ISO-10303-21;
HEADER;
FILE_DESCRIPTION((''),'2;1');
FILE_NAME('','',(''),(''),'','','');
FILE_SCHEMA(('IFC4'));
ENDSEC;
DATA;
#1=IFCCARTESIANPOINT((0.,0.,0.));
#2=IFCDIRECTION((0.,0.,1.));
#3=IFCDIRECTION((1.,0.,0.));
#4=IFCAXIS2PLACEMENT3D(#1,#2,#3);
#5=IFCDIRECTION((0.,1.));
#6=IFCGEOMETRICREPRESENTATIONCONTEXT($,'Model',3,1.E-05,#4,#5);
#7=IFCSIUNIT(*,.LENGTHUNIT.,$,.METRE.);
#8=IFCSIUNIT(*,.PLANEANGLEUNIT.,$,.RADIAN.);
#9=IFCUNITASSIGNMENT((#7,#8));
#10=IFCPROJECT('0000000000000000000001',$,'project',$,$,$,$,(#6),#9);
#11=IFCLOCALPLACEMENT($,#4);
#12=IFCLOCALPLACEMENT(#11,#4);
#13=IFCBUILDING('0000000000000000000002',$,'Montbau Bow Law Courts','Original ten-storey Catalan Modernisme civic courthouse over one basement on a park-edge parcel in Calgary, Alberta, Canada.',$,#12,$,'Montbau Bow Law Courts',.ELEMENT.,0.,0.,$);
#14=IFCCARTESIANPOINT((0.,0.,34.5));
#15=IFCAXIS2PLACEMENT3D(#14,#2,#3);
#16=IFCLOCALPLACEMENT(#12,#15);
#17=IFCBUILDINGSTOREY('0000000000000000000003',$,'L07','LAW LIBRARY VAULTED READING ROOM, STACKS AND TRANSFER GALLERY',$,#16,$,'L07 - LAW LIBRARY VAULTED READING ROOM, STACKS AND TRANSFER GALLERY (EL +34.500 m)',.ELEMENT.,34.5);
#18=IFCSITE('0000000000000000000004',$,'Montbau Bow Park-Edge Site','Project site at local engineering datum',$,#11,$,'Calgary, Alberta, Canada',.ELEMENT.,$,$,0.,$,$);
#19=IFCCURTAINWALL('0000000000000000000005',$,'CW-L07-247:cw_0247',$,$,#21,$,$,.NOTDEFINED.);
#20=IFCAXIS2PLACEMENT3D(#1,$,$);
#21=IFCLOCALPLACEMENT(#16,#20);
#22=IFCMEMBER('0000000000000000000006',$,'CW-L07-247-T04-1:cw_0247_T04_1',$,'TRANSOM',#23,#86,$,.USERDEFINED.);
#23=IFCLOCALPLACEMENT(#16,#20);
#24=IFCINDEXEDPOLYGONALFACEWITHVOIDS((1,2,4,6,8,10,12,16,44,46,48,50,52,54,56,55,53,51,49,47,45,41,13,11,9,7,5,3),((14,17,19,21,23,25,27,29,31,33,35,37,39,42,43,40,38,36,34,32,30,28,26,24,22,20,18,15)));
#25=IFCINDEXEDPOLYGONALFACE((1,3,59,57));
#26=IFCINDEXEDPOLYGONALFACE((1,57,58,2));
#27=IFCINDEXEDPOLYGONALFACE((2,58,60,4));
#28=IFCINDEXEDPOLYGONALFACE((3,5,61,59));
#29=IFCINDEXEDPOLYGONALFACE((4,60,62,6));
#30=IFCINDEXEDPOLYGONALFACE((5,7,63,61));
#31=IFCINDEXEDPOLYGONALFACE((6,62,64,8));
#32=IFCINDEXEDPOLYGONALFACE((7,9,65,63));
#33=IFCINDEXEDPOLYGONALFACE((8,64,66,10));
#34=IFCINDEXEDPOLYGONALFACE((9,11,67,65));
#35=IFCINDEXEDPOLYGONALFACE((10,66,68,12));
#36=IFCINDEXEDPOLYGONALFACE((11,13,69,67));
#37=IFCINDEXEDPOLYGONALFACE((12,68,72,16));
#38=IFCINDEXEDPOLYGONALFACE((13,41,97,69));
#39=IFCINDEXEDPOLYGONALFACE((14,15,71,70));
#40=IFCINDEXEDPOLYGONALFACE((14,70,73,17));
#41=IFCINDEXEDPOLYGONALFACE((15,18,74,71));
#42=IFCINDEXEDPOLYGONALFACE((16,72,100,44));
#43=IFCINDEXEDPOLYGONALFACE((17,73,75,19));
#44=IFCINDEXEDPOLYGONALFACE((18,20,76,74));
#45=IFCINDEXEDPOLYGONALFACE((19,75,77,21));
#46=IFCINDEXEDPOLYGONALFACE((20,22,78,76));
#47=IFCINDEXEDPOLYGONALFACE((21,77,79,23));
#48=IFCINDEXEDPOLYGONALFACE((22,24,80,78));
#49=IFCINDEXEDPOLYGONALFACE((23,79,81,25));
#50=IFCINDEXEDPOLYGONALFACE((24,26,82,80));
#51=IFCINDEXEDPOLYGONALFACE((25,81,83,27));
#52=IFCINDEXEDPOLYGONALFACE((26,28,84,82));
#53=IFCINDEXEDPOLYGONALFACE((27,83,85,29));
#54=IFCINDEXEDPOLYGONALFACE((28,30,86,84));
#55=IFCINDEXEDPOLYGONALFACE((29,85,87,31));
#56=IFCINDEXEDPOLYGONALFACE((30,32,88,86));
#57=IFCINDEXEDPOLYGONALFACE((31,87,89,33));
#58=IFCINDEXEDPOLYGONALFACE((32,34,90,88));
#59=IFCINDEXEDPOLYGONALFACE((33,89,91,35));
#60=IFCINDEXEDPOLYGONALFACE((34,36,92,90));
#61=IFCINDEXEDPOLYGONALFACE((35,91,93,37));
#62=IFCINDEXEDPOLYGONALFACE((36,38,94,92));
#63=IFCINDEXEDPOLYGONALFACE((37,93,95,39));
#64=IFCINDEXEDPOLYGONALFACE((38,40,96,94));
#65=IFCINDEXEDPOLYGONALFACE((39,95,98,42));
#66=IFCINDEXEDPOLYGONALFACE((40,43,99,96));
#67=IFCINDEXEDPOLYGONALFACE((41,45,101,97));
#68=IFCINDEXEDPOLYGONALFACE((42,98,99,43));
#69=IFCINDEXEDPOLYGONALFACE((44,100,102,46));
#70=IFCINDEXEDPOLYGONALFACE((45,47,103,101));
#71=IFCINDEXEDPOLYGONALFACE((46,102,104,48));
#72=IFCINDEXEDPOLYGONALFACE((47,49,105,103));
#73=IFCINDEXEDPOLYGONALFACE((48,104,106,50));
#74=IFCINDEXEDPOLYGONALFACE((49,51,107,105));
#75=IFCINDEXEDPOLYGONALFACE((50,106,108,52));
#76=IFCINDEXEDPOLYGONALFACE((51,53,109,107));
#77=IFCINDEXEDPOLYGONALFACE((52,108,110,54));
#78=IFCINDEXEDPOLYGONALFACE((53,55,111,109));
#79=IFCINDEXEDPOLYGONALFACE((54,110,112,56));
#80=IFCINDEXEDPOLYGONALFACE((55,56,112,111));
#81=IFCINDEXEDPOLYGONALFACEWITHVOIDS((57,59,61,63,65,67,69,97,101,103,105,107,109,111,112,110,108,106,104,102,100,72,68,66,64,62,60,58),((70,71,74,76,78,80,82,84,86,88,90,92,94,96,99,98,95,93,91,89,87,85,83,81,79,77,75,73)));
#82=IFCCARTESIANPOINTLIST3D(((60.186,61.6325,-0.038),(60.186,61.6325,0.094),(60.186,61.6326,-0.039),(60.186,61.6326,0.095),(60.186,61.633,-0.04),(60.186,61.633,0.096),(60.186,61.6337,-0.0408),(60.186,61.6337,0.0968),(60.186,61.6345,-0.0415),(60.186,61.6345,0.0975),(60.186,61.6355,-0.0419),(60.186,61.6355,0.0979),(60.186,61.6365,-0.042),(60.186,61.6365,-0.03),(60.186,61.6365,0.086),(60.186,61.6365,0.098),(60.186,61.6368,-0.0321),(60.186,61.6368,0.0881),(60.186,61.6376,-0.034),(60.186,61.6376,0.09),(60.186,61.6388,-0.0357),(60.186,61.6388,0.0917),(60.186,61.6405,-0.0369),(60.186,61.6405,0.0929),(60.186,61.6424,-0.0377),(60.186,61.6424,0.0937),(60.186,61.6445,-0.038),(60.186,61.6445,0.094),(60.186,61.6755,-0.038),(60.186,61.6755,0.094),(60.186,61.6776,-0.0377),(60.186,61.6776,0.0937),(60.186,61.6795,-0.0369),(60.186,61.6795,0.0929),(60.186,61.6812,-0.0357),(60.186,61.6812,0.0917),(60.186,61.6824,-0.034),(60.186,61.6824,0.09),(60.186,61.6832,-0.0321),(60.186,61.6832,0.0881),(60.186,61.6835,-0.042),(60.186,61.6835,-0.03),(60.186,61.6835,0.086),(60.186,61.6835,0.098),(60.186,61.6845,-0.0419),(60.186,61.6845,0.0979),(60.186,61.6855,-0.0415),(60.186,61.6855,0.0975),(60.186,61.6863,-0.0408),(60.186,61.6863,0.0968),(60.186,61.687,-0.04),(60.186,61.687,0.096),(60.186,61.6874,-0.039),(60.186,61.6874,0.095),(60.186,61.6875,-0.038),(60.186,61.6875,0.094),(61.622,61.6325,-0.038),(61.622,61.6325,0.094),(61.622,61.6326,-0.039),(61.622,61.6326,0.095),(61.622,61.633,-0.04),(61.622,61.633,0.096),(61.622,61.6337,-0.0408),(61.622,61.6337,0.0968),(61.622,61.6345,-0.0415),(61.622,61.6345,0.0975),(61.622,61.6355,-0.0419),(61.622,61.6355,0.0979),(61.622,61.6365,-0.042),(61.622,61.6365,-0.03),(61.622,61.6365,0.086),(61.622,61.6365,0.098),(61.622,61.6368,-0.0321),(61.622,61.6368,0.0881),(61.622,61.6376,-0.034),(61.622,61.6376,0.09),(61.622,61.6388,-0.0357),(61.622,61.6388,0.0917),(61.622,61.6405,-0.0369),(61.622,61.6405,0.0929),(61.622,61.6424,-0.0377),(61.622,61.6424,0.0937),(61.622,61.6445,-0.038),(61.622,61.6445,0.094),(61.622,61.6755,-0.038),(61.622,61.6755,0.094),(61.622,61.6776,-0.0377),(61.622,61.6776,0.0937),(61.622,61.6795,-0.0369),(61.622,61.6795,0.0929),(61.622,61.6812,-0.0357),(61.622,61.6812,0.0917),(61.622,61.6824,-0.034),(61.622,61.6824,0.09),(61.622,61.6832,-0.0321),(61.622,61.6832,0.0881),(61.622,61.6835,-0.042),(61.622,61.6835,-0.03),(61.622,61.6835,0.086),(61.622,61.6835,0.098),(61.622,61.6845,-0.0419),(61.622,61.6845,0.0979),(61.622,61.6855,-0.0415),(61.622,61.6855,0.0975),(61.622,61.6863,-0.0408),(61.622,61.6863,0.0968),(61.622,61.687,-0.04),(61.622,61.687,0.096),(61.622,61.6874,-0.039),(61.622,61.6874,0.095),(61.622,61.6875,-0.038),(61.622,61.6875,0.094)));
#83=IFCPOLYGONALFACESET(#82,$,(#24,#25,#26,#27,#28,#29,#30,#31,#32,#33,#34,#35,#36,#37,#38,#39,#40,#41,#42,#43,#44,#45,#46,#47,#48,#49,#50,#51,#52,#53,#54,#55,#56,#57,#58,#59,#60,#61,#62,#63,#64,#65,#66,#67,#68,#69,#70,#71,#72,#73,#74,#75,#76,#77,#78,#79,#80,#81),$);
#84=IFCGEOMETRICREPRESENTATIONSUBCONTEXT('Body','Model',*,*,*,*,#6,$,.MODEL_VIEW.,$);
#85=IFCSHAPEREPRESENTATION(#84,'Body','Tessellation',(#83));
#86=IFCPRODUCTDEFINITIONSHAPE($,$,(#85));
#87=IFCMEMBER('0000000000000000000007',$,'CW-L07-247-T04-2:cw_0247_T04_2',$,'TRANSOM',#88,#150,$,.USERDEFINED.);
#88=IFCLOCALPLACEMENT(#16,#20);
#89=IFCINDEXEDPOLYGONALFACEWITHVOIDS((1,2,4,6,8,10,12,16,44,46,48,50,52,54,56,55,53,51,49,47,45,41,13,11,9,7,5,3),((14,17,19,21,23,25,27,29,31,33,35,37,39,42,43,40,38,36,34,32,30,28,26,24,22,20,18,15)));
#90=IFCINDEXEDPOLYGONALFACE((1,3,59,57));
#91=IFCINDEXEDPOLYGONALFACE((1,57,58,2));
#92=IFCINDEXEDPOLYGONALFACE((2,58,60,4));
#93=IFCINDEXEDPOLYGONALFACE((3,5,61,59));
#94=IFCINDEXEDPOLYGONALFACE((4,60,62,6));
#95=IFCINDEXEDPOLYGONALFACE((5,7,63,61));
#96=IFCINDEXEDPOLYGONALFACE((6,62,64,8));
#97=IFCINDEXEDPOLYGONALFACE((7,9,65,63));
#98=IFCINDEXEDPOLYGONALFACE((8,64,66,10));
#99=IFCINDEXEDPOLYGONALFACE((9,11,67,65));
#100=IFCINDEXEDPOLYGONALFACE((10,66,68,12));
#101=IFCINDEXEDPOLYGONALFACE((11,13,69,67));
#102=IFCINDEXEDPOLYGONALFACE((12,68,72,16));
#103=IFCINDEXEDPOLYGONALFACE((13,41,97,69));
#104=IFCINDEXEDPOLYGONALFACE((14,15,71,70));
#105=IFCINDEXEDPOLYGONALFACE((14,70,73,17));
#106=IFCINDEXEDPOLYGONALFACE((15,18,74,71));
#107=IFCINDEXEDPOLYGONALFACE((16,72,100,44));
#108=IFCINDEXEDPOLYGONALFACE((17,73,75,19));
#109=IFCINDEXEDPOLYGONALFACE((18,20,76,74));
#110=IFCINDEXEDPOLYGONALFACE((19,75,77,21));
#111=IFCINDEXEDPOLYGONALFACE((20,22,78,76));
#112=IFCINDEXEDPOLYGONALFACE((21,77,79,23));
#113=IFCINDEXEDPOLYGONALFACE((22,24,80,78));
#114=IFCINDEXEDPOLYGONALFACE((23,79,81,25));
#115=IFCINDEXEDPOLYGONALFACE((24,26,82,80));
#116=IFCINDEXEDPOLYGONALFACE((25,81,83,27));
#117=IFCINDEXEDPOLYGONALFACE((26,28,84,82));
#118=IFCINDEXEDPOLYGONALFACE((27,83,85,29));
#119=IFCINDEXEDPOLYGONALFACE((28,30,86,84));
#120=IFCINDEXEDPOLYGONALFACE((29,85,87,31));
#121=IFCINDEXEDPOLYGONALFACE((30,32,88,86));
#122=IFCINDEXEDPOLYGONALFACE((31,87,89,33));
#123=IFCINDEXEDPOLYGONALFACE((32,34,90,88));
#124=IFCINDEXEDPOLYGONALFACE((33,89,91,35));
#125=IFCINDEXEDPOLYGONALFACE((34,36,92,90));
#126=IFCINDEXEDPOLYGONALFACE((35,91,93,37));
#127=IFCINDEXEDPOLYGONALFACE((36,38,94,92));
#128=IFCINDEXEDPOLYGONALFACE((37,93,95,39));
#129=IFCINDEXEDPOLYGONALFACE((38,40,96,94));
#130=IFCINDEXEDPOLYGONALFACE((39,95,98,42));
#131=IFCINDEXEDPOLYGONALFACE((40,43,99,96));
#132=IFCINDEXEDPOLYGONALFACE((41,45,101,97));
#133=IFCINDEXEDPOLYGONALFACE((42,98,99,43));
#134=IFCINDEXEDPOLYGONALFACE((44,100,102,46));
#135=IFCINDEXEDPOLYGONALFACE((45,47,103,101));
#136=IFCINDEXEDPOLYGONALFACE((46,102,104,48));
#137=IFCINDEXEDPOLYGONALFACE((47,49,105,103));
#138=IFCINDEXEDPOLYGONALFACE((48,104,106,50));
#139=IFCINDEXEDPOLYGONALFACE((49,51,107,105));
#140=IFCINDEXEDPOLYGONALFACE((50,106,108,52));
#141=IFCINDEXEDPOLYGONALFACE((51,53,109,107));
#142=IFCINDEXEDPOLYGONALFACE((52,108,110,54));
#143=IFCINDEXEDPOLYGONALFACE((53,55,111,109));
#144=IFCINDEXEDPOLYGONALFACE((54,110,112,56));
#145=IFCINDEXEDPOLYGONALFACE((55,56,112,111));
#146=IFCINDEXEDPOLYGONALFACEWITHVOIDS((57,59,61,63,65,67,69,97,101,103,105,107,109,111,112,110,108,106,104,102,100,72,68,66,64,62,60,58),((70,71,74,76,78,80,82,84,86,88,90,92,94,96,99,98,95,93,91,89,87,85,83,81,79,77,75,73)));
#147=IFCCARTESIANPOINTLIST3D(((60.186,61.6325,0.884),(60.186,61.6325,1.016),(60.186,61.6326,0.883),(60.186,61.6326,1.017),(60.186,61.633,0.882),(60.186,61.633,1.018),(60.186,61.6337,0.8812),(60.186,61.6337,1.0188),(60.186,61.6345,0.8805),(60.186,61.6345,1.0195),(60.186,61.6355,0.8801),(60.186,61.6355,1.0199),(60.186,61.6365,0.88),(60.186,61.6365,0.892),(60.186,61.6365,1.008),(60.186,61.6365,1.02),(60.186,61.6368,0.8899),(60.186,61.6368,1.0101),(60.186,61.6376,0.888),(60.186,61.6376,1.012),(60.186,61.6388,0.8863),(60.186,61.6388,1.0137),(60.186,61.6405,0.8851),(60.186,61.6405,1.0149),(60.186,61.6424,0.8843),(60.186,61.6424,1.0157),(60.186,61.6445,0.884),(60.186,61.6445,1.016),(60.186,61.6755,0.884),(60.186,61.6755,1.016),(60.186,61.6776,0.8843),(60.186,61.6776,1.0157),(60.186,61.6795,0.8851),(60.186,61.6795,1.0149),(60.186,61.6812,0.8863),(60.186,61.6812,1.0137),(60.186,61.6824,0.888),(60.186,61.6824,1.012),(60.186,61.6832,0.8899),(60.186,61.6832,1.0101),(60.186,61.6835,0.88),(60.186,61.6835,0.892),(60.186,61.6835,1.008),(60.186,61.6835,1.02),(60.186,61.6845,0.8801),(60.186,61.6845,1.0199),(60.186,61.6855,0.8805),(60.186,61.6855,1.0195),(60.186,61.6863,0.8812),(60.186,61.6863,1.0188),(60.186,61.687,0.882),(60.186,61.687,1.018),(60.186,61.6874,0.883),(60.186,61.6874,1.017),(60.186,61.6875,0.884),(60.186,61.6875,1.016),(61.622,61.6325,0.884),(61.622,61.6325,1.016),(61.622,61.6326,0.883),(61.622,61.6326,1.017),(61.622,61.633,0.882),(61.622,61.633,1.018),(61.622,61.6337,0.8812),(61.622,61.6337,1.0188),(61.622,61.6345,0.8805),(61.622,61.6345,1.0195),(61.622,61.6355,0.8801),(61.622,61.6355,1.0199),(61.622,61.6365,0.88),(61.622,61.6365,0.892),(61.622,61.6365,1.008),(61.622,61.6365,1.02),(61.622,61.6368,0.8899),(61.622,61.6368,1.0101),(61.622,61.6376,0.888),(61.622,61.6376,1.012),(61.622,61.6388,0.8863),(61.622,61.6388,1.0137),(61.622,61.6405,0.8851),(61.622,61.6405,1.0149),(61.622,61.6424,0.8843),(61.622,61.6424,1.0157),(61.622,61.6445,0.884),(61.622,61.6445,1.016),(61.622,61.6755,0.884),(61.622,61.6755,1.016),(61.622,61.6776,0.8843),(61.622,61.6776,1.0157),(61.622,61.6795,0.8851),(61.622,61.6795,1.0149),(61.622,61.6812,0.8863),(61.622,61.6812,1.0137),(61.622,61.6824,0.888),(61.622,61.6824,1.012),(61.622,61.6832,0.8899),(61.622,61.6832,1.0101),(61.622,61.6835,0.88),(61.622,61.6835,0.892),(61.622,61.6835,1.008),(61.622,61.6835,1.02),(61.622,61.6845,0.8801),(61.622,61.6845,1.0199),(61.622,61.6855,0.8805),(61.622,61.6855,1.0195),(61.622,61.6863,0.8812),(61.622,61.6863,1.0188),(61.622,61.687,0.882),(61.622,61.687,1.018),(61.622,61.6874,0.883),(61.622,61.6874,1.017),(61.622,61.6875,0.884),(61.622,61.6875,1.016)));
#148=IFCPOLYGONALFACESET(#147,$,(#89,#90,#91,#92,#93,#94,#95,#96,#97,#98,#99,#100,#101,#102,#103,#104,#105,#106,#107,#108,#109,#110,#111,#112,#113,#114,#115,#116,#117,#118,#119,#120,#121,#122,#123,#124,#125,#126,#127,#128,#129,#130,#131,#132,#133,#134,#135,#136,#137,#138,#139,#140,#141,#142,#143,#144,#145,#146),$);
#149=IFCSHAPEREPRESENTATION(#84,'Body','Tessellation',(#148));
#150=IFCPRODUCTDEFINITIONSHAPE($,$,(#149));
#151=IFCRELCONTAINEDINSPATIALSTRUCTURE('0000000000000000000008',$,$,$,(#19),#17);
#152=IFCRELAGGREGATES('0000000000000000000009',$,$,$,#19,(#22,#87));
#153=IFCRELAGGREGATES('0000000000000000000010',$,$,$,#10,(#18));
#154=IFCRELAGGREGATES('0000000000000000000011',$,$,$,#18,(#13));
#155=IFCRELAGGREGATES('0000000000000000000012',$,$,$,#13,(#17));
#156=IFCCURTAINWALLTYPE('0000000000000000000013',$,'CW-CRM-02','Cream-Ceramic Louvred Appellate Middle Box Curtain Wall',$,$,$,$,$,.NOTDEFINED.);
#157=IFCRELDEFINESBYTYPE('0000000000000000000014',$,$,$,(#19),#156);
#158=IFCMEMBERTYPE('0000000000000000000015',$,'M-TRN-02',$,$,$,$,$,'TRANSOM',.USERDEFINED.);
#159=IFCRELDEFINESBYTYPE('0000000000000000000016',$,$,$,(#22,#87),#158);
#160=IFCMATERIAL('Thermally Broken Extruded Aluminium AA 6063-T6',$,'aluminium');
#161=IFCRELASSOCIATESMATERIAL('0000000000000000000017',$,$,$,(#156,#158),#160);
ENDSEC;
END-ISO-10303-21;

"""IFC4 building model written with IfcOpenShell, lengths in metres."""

from ifc_helpers import new_model, si_unit, direction, frame, origin_with_axes, origin_2d_with_axis, place, context, subcontext, project, spatial, hollow_rectangle, extrude, material, material_profile, profile_set, type_object, element, aggregate, save


model = new_model("IFC4")

# Units and contexts
model_context = context("Model", 3, precision=1e-05, world=origin_with_axes(), true_north=direction((0.0, 1.0)))
body_context = subcontext(model_context, "Body", "Model", "MODEL_VIEW")
ifc_project = project(units=[si_unit("LENGTHUNIT", "METRE"), si_unit("PLANEANGLEUNIT", "RADIAN")], contexts=[model_context])

# Site, building, storey
site_placement = place(None, origin_with_axes())
site = spatial("IfcSite", under=ifc_project, at=site_placement, Name="Montbau Bow Park-Edge Site", Description="Project site at local engineering datum", LongName="Calgary, Alberta, Canada", CompositionType="ELEMENT", RefElevation=0.0)
building_placement = place(site_placement, origin_with_axes())
building = spatial("IfcBuilding", under=site, at=building_placement, Name="Montbau Bow Law Courts", Description="Original ten-storey Catalan Modernisme civic courthouse over one basement on a park-edge parcel in Calgary, Alberta, Canada.", LongName="Montbau Bow Law Courts", CompositionType="ELEMENT", ElevationOfRefHeight=0.0, ElevationOfTerrain=0.0)
storey_placement = place(building_placement, frame((0.0, 0.0, 34.5), z_axis=(0.0, 0.0, 1.0), x_axis=(1.0, 0.0, 0.0)))
storey = spatial("IfcBuildingStorey", under=building, at=storey_placement, Name="L07", Description="LAW LIBRARY VAULTED READING ROOM, STACKS AND TRANSFER GALLERY", LongName="L07 - LAW LIBRARY VAULTED READING ROOM, STACKS AND TRANSFER GALLERY (EL +34.500 m)", CompositionType="ELEMENT", Elevation=34.5)

# Curtain wall, members
ifc_material_1 = material(Name="Thermally Broken Extruded Aluminium AA 6063-T6", Category="aluminium")
curtain_wall_type = type_object("IfcCurtainWallType", Name="CW-CRM-02", Description="Cream-Ceramic Louvred Appellate Middle Box Curtain Wall", PredefinedType="NOTDEFINED", material=ifc_material_1)
curtain_wall_placement = place(None, frame((55.64, 61.66, 34.5), z_axis=(0.0, 0.0, 1.0), x_axis=(1.0, 0.0, 0.0)))
curtain_wall = element("IfcCurtainWall", 1, at=curtain_wall_placement, inside=storey, type_object=curtain_wall_type, Name="CW-L07-247:cw_0247", PredefinedType="NOTDEFINED")
ifc_material_profile_1 = material_profile(ifc_material_1, hollow_rectangle(XDim=0.055, YDim=0.14, WallThickness=0.004, InnerFilletRadius=0.008, OuterFilletRadius=0.004, at=origin_2d_with_axis()), Name="CWT-140X55", Category="Main", Priority=0)
ifc_profile_set_1 = profile_set([ifc_material_profile_1], Name="Thermally Broken Extruded Aluminium AA 6063-T6")
member_type_1 = type_object("IfcMemberType", Name="M-TRN-02", ElementType="TRANSOM", PredefinedType="USERDEFINED", material=ifc_profile_set_1)
member_1_placement = place(None, frame((60.186, 61.66, 34.528), z_axis=(1.0, 0.0, 0.0), x_axis=(0.0, 1.0, 0.0)))
member_1 = element("IfcMember", 2, at=member_1_placement, type_object=member_type_1, Name="CW-L07-247-T04-1:cw_0247_T04_1", ObjectType="TRANSOM", PredefinedType="USERDEFINED", context=body_context, shape_type="SweptSolid", body=[
    extrude(hollow_rectangle(XDim=0.055, YDim=0.14, WallThickness=0.004, InnerFilletRadius=0.008, OuterFilletRadius=0.004, at=origin_2d_with_axis()), origin_with_axes(), (0.0, 0.0, 1.0), 1.436),
])
member_2_placement = place(None, frame((60.186, 61.66, 35.45), z_axis=(1.0, 0.0, 0.0), x_axis=(0.0, 1.0, 0.0)))
member_2 = element("IfcMember", 3, at=member_2_placement, type_object=member_type_1, Name="CW-L07-247-T04-2:cw_0247_T04_2", ObjectType="TRANSOM", PredefinedType="USERDEFINED", context=body_context, shape_type="SweptSolid", body=[
    extrude(hollow_rectangle(XDim=0.055, YDim=0.14, WallThickness=0.004, InnerFilletRadius=0.008, OuterFilletRadius=0.004, at=origin_2d_with_axis()), origin_with_axes(), (0.0, 0.0, 1.0), 1.436),
])
aggregate(curtain_wall, [member_1, member_2])

save(model, "model.ifc")
